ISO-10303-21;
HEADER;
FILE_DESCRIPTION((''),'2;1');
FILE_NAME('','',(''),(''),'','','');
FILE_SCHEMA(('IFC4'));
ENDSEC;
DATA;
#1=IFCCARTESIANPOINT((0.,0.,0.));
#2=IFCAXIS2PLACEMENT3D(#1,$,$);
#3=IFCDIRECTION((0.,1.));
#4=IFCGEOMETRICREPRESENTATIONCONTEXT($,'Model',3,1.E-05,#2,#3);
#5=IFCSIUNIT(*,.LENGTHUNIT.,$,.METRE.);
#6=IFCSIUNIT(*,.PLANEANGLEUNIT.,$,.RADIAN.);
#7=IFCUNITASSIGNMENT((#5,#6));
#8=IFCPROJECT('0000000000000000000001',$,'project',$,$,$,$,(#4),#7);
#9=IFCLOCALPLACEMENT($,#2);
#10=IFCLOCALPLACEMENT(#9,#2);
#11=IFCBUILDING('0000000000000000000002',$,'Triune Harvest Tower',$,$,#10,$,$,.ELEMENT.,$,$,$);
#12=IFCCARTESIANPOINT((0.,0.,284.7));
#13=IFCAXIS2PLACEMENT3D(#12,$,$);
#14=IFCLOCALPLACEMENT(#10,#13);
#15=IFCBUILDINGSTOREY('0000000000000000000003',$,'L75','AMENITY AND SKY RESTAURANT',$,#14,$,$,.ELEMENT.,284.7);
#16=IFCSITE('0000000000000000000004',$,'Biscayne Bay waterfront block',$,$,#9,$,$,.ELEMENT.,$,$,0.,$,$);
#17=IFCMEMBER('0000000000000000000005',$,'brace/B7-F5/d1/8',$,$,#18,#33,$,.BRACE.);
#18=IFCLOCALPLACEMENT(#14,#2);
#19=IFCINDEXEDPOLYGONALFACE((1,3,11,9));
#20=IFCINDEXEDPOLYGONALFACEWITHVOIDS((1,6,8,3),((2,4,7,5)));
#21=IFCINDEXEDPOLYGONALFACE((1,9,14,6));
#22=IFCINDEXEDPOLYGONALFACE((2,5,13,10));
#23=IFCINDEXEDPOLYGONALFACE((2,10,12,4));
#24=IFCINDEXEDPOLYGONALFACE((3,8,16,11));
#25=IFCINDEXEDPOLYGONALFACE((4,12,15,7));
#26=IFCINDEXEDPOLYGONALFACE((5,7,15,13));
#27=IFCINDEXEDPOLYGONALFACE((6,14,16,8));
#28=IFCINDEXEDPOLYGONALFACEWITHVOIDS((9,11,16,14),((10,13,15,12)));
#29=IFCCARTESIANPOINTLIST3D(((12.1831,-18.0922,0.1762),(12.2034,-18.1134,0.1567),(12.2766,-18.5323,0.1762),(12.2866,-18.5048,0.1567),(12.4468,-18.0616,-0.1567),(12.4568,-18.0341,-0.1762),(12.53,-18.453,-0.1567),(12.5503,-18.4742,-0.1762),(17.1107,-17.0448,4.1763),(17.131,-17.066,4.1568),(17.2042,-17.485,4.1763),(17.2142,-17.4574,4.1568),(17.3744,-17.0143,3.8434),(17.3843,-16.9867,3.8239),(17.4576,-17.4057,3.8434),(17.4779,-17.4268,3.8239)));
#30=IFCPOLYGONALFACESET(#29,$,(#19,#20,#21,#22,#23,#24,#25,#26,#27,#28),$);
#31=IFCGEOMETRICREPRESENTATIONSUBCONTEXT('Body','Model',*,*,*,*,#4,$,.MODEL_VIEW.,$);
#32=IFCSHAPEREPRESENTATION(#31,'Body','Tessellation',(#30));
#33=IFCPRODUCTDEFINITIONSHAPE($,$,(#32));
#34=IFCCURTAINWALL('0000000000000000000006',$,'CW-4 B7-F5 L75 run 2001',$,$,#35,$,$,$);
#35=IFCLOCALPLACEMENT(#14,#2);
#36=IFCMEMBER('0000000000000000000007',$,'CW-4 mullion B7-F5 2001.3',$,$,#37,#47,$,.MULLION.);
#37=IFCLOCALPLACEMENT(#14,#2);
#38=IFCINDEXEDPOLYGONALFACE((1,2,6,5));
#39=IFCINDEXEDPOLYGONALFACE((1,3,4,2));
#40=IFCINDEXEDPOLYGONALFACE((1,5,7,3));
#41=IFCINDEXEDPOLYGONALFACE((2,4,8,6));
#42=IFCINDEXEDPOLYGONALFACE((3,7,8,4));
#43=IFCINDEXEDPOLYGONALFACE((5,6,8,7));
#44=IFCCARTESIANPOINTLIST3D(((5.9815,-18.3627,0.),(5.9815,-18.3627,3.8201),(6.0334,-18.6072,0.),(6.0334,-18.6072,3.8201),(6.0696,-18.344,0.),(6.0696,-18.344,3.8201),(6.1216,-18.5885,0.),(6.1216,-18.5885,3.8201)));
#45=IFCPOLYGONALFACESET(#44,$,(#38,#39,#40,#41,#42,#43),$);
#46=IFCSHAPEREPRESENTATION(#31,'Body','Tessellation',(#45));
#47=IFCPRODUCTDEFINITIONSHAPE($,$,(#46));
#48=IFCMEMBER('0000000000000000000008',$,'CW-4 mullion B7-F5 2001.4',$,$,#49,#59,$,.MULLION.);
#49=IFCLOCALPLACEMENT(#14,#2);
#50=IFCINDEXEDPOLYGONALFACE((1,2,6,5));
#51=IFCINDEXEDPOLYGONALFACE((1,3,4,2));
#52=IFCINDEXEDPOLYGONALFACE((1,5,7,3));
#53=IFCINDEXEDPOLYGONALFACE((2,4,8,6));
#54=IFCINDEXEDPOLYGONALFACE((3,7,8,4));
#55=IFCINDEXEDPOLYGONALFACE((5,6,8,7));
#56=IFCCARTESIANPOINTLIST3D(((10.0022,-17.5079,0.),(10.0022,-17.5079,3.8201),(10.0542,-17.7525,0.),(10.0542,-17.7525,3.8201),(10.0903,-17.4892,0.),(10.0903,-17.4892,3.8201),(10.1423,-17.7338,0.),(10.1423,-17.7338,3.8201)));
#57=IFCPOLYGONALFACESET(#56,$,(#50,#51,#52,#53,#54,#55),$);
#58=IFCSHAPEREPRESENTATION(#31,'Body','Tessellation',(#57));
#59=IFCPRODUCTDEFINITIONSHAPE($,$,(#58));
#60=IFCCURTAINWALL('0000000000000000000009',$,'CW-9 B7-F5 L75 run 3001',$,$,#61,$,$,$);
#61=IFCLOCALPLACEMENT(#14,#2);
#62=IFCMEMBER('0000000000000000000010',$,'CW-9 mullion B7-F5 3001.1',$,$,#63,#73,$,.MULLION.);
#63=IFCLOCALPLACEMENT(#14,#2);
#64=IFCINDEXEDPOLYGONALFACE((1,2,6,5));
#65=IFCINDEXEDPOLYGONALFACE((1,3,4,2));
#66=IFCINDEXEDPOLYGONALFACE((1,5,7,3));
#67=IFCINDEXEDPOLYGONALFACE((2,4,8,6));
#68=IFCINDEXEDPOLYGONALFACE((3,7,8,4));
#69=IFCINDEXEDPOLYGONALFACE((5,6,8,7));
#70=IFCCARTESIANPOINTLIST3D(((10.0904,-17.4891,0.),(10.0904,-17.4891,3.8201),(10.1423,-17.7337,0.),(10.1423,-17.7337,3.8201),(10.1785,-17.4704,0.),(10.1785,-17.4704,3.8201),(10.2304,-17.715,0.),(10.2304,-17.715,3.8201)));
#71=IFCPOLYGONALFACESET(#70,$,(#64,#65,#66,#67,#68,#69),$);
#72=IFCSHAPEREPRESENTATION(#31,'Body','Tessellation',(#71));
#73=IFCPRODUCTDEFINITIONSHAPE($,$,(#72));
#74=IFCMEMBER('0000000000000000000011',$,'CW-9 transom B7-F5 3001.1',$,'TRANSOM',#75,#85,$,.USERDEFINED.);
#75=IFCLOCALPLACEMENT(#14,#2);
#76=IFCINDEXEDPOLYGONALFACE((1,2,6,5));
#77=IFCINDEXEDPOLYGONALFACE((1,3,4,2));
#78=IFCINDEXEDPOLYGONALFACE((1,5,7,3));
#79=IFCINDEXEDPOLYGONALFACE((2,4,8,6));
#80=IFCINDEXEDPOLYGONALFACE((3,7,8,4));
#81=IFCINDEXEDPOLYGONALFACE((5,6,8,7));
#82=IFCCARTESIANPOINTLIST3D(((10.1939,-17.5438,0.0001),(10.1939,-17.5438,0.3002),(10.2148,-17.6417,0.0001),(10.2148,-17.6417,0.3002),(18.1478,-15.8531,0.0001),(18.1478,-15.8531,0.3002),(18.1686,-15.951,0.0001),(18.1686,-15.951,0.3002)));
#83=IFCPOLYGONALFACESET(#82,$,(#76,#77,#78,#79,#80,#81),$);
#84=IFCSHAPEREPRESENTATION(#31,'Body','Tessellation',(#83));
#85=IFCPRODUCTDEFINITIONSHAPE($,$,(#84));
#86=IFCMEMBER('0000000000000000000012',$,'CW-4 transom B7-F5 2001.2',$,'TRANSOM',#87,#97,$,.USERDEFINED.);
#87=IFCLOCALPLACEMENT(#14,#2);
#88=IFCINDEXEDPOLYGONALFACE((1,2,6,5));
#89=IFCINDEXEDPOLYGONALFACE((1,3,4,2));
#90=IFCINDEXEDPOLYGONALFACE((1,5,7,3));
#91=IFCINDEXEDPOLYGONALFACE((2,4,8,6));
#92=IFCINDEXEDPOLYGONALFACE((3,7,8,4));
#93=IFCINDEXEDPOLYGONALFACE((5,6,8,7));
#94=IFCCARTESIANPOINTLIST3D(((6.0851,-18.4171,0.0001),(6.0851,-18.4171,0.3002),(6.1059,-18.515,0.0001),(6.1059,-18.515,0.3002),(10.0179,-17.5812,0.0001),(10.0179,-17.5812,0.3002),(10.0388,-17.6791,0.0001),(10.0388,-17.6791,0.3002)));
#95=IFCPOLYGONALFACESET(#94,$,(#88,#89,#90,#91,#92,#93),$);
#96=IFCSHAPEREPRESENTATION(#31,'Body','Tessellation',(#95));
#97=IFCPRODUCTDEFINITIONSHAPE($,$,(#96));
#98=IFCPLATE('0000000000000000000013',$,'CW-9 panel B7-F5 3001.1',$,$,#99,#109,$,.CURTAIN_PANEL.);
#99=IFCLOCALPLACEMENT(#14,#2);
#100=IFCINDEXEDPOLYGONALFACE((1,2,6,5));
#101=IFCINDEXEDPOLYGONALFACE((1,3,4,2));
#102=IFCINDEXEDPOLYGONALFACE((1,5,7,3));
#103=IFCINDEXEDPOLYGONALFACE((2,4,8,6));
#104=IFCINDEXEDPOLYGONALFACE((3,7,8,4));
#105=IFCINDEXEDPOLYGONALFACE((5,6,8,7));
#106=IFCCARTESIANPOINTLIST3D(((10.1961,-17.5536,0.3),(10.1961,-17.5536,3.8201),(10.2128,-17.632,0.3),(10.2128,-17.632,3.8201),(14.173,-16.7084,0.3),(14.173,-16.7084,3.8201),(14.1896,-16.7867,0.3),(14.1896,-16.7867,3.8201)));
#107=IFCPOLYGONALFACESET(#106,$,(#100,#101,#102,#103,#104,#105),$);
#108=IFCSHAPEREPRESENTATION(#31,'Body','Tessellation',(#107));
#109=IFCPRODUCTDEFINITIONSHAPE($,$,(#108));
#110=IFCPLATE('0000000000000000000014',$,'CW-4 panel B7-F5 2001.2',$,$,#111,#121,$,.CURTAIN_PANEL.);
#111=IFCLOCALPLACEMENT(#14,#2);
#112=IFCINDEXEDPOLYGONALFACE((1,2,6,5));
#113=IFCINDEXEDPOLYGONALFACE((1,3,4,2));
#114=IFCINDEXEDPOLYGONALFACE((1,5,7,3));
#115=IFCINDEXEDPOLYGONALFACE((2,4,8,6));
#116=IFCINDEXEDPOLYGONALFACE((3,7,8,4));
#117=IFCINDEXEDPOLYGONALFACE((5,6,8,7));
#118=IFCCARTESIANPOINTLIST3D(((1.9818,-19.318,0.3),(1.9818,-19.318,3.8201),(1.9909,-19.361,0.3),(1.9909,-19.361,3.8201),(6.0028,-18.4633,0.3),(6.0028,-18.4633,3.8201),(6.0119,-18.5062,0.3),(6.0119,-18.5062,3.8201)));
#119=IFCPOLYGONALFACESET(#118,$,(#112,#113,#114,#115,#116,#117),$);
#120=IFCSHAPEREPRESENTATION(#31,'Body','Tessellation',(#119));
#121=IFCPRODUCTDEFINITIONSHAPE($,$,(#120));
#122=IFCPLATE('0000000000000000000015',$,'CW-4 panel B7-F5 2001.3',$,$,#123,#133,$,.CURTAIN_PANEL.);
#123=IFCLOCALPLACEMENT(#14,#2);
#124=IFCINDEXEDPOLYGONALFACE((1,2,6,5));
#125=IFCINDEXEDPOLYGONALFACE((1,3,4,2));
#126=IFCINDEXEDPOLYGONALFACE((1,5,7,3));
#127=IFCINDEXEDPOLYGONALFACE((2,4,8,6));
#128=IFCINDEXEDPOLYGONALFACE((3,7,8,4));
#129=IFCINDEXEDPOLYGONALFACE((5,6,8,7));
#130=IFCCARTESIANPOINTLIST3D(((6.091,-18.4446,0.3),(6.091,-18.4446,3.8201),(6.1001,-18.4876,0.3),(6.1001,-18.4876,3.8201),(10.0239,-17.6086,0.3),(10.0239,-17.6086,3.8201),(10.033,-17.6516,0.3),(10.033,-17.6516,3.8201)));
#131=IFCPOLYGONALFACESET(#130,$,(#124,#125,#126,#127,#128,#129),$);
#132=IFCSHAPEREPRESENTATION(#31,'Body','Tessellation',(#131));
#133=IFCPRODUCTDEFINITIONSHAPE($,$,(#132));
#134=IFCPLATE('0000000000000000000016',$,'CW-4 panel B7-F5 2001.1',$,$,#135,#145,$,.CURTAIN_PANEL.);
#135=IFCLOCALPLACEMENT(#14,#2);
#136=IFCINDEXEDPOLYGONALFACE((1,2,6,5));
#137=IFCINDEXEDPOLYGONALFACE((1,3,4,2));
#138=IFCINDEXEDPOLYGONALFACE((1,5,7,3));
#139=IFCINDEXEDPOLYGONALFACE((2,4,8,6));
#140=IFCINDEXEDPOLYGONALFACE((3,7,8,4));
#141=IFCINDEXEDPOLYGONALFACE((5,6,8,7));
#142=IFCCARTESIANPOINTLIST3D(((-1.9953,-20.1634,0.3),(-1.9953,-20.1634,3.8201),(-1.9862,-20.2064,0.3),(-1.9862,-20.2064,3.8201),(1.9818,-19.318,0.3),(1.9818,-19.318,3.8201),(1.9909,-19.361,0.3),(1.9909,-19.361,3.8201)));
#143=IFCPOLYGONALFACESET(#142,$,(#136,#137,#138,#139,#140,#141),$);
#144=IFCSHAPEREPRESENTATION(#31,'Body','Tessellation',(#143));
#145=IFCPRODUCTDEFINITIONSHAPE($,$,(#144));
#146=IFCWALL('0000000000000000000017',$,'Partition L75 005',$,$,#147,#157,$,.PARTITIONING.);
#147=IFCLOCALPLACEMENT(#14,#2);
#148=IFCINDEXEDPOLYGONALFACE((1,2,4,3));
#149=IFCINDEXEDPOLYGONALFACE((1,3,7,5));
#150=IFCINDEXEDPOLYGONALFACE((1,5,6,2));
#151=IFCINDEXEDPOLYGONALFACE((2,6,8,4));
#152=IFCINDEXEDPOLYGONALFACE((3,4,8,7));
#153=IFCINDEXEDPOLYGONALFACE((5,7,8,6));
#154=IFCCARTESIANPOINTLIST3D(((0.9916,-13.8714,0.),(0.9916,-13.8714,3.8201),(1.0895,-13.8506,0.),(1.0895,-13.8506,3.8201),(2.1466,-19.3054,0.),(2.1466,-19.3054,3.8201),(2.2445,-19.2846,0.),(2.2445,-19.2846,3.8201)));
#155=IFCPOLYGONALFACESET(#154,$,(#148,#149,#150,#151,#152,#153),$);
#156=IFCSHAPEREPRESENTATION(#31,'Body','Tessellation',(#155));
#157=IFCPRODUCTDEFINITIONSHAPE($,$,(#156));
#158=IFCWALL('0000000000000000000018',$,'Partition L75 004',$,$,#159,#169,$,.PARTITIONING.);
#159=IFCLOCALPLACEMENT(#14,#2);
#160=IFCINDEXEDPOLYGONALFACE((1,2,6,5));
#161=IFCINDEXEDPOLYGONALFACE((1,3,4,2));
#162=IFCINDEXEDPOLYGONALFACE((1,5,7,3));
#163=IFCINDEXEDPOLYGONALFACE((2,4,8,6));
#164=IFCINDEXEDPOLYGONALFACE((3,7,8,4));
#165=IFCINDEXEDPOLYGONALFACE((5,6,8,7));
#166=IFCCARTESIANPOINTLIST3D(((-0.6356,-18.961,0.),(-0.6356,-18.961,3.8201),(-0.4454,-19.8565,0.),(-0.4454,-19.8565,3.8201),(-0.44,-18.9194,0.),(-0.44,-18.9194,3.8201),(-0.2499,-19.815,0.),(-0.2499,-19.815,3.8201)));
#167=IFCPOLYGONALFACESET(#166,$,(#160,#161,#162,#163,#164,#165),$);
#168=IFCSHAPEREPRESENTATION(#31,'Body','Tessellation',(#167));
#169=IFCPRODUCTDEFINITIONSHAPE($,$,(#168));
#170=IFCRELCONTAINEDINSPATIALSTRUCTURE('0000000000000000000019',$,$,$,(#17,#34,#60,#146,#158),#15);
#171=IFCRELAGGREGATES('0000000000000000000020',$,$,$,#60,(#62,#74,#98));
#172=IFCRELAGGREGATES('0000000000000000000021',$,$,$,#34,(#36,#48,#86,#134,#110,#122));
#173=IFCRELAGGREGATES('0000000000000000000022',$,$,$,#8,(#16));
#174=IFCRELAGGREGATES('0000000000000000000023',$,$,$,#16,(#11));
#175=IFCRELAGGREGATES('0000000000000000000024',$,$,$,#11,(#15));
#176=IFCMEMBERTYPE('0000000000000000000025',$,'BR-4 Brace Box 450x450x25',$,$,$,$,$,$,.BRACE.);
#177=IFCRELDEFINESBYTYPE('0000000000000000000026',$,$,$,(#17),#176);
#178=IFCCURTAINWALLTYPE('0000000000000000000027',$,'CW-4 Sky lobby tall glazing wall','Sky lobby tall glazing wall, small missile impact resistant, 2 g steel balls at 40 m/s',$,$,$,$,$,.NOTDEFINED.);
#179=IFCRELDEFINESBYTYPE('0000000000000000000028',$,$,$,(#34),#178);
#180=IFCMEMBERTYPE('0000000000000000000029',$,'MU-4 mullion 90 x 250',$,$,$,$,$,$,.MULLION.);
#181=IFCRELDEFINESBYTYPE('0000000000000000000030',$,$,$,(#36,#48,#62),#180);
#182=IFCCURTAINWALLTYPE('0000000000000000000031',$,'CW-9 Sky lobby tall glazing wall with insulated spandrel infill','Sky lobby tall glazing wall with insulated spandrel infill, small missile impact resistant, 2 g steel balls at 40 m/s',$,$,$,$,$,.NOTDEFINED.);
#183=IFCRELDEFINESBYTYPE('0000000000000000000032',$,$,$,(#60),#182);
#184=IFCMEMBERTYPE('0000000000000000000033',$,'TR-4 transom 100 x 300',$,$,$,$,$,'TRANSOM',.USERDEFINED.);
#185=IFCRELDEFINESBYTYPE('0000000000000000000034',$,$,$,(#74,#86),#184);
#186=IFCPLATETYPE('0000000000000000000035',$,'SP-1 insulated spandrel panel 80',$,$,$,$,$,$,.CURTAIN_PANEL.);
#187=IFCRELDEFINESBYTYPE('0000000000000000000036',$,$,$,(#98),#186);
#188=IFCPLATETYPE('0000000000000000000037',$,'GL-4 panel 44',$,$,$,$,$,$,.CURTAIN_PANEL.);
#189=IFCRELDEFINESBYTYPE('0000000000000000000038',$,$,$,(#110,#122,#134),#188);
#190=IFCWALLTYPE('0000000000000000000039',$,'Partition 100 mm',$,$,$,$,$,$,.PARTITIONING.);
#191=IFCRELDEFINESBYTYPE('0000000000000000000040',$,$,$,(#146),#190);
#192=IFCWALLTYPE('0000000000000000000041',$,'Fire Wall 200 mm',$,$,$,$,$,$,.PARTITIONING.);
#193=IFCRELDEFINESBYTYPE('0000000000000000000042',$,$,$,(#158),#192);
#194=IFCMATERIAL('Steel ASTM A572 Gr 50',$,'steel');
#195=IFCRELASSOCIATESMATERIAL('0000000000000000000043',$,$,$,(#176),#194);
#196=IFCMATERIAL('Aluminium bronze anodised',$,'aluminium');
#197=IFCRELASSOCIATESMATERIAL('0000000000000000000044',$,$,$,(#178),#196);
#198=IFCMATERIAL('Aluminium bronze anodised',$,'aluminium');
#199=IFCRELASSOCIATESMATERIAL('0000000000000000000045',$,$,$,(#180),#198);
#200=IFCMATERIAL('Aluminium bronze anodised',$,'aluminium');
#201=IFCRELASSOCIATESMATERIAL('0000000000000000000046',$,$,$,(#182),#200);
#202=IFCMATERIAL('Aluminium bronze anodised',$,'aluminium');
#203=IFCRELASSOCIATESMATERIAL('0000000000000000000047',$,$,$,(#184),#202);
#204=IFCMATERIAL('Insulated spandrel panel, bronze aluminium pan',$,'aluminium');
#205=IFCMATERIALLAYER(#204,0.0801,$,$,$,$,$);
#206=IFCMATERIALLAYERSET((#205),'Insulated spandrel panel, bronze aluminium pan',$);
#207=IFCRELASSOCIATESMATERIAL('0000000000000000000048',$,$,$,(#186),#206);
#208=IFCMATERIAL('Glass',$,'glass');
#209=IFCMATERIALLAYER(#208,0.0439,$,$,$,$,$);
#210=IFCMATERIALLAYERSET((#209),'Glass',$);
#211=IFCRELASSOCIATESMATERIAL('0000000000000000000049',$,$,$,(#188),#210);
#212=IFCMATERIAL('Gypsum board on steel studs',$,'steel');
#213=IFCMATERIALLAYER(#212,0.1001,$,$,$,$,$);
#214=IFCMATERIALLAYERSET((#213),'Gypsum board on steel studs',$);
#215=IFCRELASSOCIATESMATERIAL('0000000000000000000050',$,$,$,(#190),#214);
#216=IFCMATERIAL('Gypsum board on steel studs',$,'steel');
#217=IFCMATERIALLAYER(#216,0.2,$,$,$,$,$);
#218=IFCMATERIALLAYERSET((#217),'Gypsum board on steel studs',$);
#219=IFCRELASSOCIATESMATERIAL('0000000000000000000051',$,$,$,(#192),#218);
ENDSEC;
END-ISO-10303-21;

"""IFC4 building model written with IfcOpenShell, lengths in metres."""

from ifc_helpers import new_model, si_unit, direction, frame, frame_2d, origin, origin_2d, place, context, subcontext, project, spatial, rectangle, hollow_rectangle, extrude, source, transform, mapped, material, layer, layer_set, material_profile, profile_set, type_object, element, aggregate, save


model = new_model("IFC4")

# Units and contexts
model_context = context("Model", 3, precision=1e-05, world=origin(), true_north=direction((0.0, 1.0)))
body_context = subcontext(model_context, "Body", "Model", "MODEL_VIEW")
ifc_project = project(units=[si_unit("LENGTHUNIT", "METRE"), si_unit("PLANEANGLEUNIT", "RADIAN")], contexts=[model_context])

# Site, building, storey
site_placement = place(None, origin())
site = spatial("IfcSite", under=ifc_project, at=site_placement, Name="Biscayne Bay waterfront block", CompositionType="ELEMENT", RefElevation=0.0)
building_placement = place(site_placement, origin())
building = spatial("IfcBuilding", under=site, at=building_placement, Name="Triune Harvest Tower", CompositionType="ELEMENT")
storey_placement = place(building_placement, frame((0.0, 0.0, 284.7)))
storey = spatial("IfcBuildingStorey", under=building, at=storey_placement, Name="L75", Description="AMENITY AND SKY RESTAURANT", CompositionType="ELEMENT", Elevation=284.7)

# Member
ifc_material_1 = material(Name="Steel ASTM A572 Gr 50", Category="steel")
ifc_material_profile_1 = material_profile(ifc_material_1, hollow_rectangle(XDim=0.45, YDim=0.45, WallThickness=0.0249, at=origin_2d()), Name="Box 450x450x25")
ifc_profile_set_1 = profile_set([ifc_material_profile_1], Name="Steel ASTM A572 Gr 50")
member_type_1 = type_object("IfcMemberType", Name="BR-4 Brace Box 450x450x25", PredefinedType="BRACE", material=ifc_profile_set_1)
shared_shape_1 = source(origin(), body_context, "Body", "SweptSolid", [
    extrude(hollow_rectangle(XDim=0.45, YDim=0.45, WallThickness=0.0249, at=origin_2d()), origin(), (0.0, 0.0, 1.0), 6.4326),
])
member_1_placement = place(storey_placement, frame((12.3667, -18.2832, 0.0), z_axis=(0.76603, 0.162824, 0.621842), x_axis=(-0.20791, 0.978148, 0.0)))
element("IfcMember", 1, at=member_1_placement, inside=storey, type_object=member_type_1, Name="brace/B7-F5/d1/8", PredefinedType="BRACE", context=body_context, shape_type="MappedRepresentation", body=[
    mapped(shared_shape_1, transform((0.0, 0.0, 0.0), scale=1.0)),
])

# Curtain walls, members
ifc_material_2 = material(Name="Aluminium bronze anodised", Category="aluminium")
curtain_wall_type_1 = type_object("IfcCurtainWallType", Name="CW-4 Sky lobby tall glazing wall", Description="Sky lobby tall glazing wall, small missile impact resistant, 2 g steel balls at 40 m/s", PredefinedType="NOTDEFINED", material=ifc_material_2)
curtain_wall_1_placement = place(storey_placement, origin())
curtain_wall_1 = element("IfcCurtainWall", 2, at=curtain_wall_1_placement, inside=storey, type_object=curtain_wall_type_1, Name="CW-4 B7-F5 L75 run 2001")
ifc_material_3 = material(Name="Aluminium bronze anodised", Category="aluminium")
ifc_material_profile_2 = material_profile(ifc_material_3, rectangle(XDim=0.25, YDim=0.0901, at=origin_2d()), Name="MU-4 mullion 90 x 250")
ifc_profile_set_2 = profile_set([ifc_material_profile_2], Name="Aluminium bronze anodised")
member_type_2 = type_object("IfcMemberType", Name="MU-4 mullion 90 x 250", PredefinedType="MULLION", material=ifc_profile_set_2)
shared_shape_2 = source(origin(), body_context, "Body", "SweptSolid", [
    extrude(rectangle(XDim=0.25, YDim=0.0901, at=origin_2d()), origin(), (0.0, 0.0, 1.0), 3.8201),
])
member_2_placement = place(storey_placement, frame((6.0515, -18.4756, 0.0), z_axis=(0.0, 0.0, 1.0), x_axis=(-0.207917, 0.978146, 0.0)))
member_2 = element("IfcMember", 3, at=member_2_placement, type_object=member_type_2, Name="CW-4 mullion B7-F5 2001.3", PredefinedType="MULLION", context=body_context, shape_type="MappedRepresentation", body=[
    mapped(shared_shape_2, transform((0.0, 0.0, 0.0), scale=1.0)),
])
member_3_placement = place(storey_placement, frame((10.0723, -17.6208, 0.0), z_axis=(0.0, 0.0, 1.0), x_axis=(-0.207917, 0.978146, 0.0)))
member_3 = element("IfcMember", 4, at=member_3_placement, type_object=member_type_2, Name="CW-4 mullion B7-F5 2001.4", PredefinedType="MULLION", context=body_context, shape_type="MappedRepresentation", body=[
    mapped(shared_shape_2, transform((0.0, 0.0, 0.0), scale=1.0)),
])
ifc_material_4 = material(Name="Aluminium bronze anodised", Category="aluminium")
curtain_wall_type_2 = type_object("IfcCurtainWallType", Name="CW-9 Sky lobby tall glazing wall with insulated spandrel infill", Description="Sky lobby tall glazing wall with insulated spandrel infill, small missile impact resistant, 2 g steel balls at 40 m/s", PredefinedType="NOTDEFINED", material=ifc_material_4)
curtain_wall_2_placement = place(storey_placement, origin())
curtain_wall_2 = element("IfcCurtainWall", 5, at=curtain_wall_2_placement, inside=storey, type_object=curtain_wall_type_2, Name="CW-9 B7-F5 L75 run 3001")
member_4_placement = place(storey_placement, frame((10.1604, -17.6021, 0.0), z_axis=(0.0, 0.0, 1.0), x_axis=(-0.207904, 0.978149, 0.0)))
member_4 = element("IfcMember", 6, at=member_4_placement, type_object=member_type_2, Name="CW-9 mullion B7-F5 3001.1", PredefinedType="MULLION", context=body_context, shape_type="MappedRepresentation", body=[
    mapped(shared_shape_2, transform((0.0, 0.0, 0.0), scale=1.0)),
])
ifc_material_5 = material(Name="Aluminium bronze anodised", Category="aluminium")
ifc_material_profile_3 = material_profile(ifc_material_5, rectangle(XDim=0.1001, YDim=0.3, at=origin_2d()), Name="TR-4 transom 100 x 300")
ifc_profile_set_3 = profile_set([ifc_material_profile_3], Name="Aluminium bronze anodised")
member_type_3 = type_object("IfcMemberType", Name="TR-4 transom 100 x 300", ElementType="TRANSOM", PredefinedType="USERDEFINED", material=ifc_profile_set_3)
shared_shape_3 = source(origin(), body_context, "Body", "SweptSolid", [
    extrude(rectangle(XDim=0.1001, YDim=0.3, at=origin_2d()), origin(), (0.0, 0.0, 1.0), 8.1316),
])
member_5_placement = place(storey_placement, frame((10.2043, -17.5928, 0.1501), z_axis=(0.978147, 0.207915, 0.0), x_axis=(-0.207915, 0.978147, 0.0)))
member_5 = element("IfcMember", 7, at=member_5_placement, type_object=member_type_3, Name="CW-9 transom B7-F5 3001.1", ObjectType="TRANSOM", PredefinedType="USERDEFINED", context=body_context, shape_type="MappedRepresentation", body=[
    mapped(shared_shape_3, transform((0.0, 0.0, 0.0), scale=1.0)),
])

# Member
shared_shape_4 = source(origin(), body_context, "Body", "SweptSolid", [
    extrude(rectangle(XDim=0.1001, YDim=0.3, at=origin_2d()), origin(), (0.0, 0.0, 1.0), 4.0208),
])
member_6_placement = place(storey_placement, frame((6.0955, -18.4661, 0.1501), z_axis=(0.978149, 0.207907, 0.0), x_axis=(-0.207907, 0.978149, 0.0)))
member_6 = element("IfcMember", 8, at=member_6_placement, type_object=member_type_3, Name="CW-4 transom B7-F5 2001.2", ObjectType="TRANSOM", PredefinedType="USERDEFINED", context=body_context, shape_type="MappedRepresentation", body=[
    mapped(shared_shape_4, transform((0.0, 0.0, 0.0), scale=1.0)),
])

# Plates
ifc_material_6 = material(Name="Insulated spandrel panel, bronze aluminium pan", Category="aluminium")
ifc_layer_1 = layer(ifc_material_6, 0.0801)
ifc_layer_set_1 = layer_set([ifc_layer_1], Name="Insulated spandrel panel, bronze aluminium pan")
plate_type_1 = type_object("IfcPlateType", Name="SP-1 insulated spandrel panel 80", PredefinedType="CURTAIN_PANEL", material=ifc_layer_set_1)
shared_shape_5 = source(origin(), body_context, "Body", "SweptSolid", [
    extrude(rectangle(XDim=4.0657, YDim=0.0801, at=origin_2d()), origin(), (0.0, 0.0, 1.0), 3.52),
])
plate_1_placement = place(storey_placement, frame((12.1929, -17.1702, 0.3), z_axis=(0.0, 0.0, 1.0), x_axis=(0.978149, 0.207904, 0.0)))
plate_1 = element("IfcPlate", 9, at=plate_1_placement, type_object=plate_type_1, Name="CW-9 panel B7-F5 3001.1", PredefinedType="CURTAIN_PANEL", context=body_context, shape_type="MappedRepresentation", body=[
    mapped(shared_shape_5, transform((0.0, 0.0, 0.0), scale=1.0)),
])
aggregate(curtain_wall_2, [member_4, member_5, plate_1])
ifc_material_7 = material(Name="Glass", Category="glass")
ifc_layer_2 = layer(ifc_material_7, 0.0439)
ifc_layer_set_2 = layer_set([ifc_layer_2], Name="Glass")
plate_type_2 = type_object("IfcPlateType", Name="GL-4 panel 44", PredefinedType="CURTAIN_PANEL", material=ifc_layer_set_2)
shared_shape_6 = source(origin(), body_context, "Body", "SweptSolid", [
    extrude(rectangle(XDim=4.1108, YDim=0.0439, at=origin_2d()), origin(), (0.0, 0.0, 1.0), 3.52),
])
plate_2_placement = place(storey_placement, frame((3.9968, -18.9121, 0.3), z_axis=(0.0, 0.0, 1.0), x_axis=(0.978146, 0.207917, 0.0)))
plate_2 = element("IfcPlate", 10, at=plate_2_placement, type_object=plate_type_2, Name="CW-4 panel B7-F5 2001.2", PredefinedType="CURTAIN_PANEL", context=body_context, shape_type="MappedRepresentation", body=[
    mapped(shared_shape_6, transform((0.0, 0.0, 0.0), scale=1.0)),
])
shared_shape_7 = source(origin(), body_context, "Body", "SweptSolid", [
    extrude(rectangle(XDim=4.0208, YDim=0.0439, at=origin_2d()), origin(), (0.0, 0.0, 1.0), 3.52),
])
plate_3_placement = place(storey_placement, frame((8.062, -18.0481, 0.3), z_axis=(0.0, 0.0, 1.0), x_axis=(0.978146, 0.207917, 0.0)))
plate_3 = element("IfcPlate", 11, at=plate_3_placement, type_object=plate_type_2, Name="CW-4 panel B7-F5 2001.3", PredefinedType="CURTAIN_PANEL", context=body_context, shape_type="MappedRepresentation", body=[
    mapped(shared_shape_7, transform((0.0, 0.0, 0.0), scale=1.0)),
])
shared_shape_8 = source(origin(), body_context, "Body", "SweptSolid", [
    extrude(rectangle(XDim=4.0659, YDim=0.0439, at=origin_2d()), origin(), (0.0, 0.0, 1.0), 3.52),
])
plate_4_placement = place(storey_placement, frame((-0.0022, -19.7622, 0.3), z_axis=(0.0, 0.0, 1.0), x_axis=(0.978146, 0.207917, 0.0)))
plate_4 = element("IfcPlate", 12, at=plate_4_placement, type_object=plate_type_2, Name="CW-4 panel B7-F5 2001.1", PredefinedType="CURTAIN_PANEL", context=body_context, shape_type="MappedRepresentation", body=[
    mapped(shared_shape_8, transform((0.0, 0.0, 0.0), scale=1.0)),
])
aggregate(curtain_wall_1, [member_2, member_3, member_6, plate_4, plate_2, plate_3])

# Walls
ifc_material_8 = material(Name="Gypsum board on steel studs", Category="steel")
ifc_layer_3 = layer(ifc_material_8, 0.1001)
ifc_layer_set_3 = layer_set([ifc_layer_3], Name="Gypsum board on steel studs")
wall_type_1 = type_object("IfcWallType", Name="Partition 100 mm", PredefinedType="PARTITIONING", material=ifc_layer_set_3)
wall_1_placement = place(storey_placement, frame((1.0405, -13.8608, 0.0), z_axis=(0.0, 0.0, 1.0), x_axis=(0.207908, -0.978148, 0.0)))
element("IfcWall", 13, at=wall_1_placement, inside=storey, type_object=wall_type_1, Name="Partition L75 005", PredefinedType="PARTITIONING", context=body_context, shape_type="SweptSolid", body=[
    extrude(rectangle(XDim=5.5554, YDim=0.1001, at=frame_2d((2.7778, 0.0))), origin(), (0.0, 0.0, 1.0), 3.8201),
])
ifc_material_9 = material(Name="Gypsum board on steel studs", Category="steel")
ifc_layer_4 = layer(ifc_material_9, 0.2)
ifc_layer_set_4 = layer_set([ifc_layer_4], Name="Gypsum board on steel studs")
wall_type_2 = type_object("IfcWallType", Name="Fire Wall 200 mm", PredefinedType="PARTITIONING", material=ifc_layer_set_4)
shared_shape_9 = source(origin(), body_context, "Body", "SweptSolid", [
    extrude(rectangle(XDim=0.9155, YDim=0.2, at=frame_2d((0.4578, 0.0))), origin(), (0.0, 0.0, 1.0), 3.8201),
])
wall_2_placement = place(storey_placement, frame((-0.5378, -18.9402, 0.0), z_axis=(0.0, 0.0, 1.0), x_axis=(0.207744, -0.978183, 0.0)))
element("IfcWall", 14, at=wall_2_placement, inside=storey, type_object=wall_type_2, Name="Partition L75 004", PredefinedType="PARTITIONING", context=body_context, shape_type="MappedRepresentation", body=[
    mapped(shared_shape_9, transform((0.0, 0.0, 0.0), scale=1.0)),
])

save(model, "model.ifc")
